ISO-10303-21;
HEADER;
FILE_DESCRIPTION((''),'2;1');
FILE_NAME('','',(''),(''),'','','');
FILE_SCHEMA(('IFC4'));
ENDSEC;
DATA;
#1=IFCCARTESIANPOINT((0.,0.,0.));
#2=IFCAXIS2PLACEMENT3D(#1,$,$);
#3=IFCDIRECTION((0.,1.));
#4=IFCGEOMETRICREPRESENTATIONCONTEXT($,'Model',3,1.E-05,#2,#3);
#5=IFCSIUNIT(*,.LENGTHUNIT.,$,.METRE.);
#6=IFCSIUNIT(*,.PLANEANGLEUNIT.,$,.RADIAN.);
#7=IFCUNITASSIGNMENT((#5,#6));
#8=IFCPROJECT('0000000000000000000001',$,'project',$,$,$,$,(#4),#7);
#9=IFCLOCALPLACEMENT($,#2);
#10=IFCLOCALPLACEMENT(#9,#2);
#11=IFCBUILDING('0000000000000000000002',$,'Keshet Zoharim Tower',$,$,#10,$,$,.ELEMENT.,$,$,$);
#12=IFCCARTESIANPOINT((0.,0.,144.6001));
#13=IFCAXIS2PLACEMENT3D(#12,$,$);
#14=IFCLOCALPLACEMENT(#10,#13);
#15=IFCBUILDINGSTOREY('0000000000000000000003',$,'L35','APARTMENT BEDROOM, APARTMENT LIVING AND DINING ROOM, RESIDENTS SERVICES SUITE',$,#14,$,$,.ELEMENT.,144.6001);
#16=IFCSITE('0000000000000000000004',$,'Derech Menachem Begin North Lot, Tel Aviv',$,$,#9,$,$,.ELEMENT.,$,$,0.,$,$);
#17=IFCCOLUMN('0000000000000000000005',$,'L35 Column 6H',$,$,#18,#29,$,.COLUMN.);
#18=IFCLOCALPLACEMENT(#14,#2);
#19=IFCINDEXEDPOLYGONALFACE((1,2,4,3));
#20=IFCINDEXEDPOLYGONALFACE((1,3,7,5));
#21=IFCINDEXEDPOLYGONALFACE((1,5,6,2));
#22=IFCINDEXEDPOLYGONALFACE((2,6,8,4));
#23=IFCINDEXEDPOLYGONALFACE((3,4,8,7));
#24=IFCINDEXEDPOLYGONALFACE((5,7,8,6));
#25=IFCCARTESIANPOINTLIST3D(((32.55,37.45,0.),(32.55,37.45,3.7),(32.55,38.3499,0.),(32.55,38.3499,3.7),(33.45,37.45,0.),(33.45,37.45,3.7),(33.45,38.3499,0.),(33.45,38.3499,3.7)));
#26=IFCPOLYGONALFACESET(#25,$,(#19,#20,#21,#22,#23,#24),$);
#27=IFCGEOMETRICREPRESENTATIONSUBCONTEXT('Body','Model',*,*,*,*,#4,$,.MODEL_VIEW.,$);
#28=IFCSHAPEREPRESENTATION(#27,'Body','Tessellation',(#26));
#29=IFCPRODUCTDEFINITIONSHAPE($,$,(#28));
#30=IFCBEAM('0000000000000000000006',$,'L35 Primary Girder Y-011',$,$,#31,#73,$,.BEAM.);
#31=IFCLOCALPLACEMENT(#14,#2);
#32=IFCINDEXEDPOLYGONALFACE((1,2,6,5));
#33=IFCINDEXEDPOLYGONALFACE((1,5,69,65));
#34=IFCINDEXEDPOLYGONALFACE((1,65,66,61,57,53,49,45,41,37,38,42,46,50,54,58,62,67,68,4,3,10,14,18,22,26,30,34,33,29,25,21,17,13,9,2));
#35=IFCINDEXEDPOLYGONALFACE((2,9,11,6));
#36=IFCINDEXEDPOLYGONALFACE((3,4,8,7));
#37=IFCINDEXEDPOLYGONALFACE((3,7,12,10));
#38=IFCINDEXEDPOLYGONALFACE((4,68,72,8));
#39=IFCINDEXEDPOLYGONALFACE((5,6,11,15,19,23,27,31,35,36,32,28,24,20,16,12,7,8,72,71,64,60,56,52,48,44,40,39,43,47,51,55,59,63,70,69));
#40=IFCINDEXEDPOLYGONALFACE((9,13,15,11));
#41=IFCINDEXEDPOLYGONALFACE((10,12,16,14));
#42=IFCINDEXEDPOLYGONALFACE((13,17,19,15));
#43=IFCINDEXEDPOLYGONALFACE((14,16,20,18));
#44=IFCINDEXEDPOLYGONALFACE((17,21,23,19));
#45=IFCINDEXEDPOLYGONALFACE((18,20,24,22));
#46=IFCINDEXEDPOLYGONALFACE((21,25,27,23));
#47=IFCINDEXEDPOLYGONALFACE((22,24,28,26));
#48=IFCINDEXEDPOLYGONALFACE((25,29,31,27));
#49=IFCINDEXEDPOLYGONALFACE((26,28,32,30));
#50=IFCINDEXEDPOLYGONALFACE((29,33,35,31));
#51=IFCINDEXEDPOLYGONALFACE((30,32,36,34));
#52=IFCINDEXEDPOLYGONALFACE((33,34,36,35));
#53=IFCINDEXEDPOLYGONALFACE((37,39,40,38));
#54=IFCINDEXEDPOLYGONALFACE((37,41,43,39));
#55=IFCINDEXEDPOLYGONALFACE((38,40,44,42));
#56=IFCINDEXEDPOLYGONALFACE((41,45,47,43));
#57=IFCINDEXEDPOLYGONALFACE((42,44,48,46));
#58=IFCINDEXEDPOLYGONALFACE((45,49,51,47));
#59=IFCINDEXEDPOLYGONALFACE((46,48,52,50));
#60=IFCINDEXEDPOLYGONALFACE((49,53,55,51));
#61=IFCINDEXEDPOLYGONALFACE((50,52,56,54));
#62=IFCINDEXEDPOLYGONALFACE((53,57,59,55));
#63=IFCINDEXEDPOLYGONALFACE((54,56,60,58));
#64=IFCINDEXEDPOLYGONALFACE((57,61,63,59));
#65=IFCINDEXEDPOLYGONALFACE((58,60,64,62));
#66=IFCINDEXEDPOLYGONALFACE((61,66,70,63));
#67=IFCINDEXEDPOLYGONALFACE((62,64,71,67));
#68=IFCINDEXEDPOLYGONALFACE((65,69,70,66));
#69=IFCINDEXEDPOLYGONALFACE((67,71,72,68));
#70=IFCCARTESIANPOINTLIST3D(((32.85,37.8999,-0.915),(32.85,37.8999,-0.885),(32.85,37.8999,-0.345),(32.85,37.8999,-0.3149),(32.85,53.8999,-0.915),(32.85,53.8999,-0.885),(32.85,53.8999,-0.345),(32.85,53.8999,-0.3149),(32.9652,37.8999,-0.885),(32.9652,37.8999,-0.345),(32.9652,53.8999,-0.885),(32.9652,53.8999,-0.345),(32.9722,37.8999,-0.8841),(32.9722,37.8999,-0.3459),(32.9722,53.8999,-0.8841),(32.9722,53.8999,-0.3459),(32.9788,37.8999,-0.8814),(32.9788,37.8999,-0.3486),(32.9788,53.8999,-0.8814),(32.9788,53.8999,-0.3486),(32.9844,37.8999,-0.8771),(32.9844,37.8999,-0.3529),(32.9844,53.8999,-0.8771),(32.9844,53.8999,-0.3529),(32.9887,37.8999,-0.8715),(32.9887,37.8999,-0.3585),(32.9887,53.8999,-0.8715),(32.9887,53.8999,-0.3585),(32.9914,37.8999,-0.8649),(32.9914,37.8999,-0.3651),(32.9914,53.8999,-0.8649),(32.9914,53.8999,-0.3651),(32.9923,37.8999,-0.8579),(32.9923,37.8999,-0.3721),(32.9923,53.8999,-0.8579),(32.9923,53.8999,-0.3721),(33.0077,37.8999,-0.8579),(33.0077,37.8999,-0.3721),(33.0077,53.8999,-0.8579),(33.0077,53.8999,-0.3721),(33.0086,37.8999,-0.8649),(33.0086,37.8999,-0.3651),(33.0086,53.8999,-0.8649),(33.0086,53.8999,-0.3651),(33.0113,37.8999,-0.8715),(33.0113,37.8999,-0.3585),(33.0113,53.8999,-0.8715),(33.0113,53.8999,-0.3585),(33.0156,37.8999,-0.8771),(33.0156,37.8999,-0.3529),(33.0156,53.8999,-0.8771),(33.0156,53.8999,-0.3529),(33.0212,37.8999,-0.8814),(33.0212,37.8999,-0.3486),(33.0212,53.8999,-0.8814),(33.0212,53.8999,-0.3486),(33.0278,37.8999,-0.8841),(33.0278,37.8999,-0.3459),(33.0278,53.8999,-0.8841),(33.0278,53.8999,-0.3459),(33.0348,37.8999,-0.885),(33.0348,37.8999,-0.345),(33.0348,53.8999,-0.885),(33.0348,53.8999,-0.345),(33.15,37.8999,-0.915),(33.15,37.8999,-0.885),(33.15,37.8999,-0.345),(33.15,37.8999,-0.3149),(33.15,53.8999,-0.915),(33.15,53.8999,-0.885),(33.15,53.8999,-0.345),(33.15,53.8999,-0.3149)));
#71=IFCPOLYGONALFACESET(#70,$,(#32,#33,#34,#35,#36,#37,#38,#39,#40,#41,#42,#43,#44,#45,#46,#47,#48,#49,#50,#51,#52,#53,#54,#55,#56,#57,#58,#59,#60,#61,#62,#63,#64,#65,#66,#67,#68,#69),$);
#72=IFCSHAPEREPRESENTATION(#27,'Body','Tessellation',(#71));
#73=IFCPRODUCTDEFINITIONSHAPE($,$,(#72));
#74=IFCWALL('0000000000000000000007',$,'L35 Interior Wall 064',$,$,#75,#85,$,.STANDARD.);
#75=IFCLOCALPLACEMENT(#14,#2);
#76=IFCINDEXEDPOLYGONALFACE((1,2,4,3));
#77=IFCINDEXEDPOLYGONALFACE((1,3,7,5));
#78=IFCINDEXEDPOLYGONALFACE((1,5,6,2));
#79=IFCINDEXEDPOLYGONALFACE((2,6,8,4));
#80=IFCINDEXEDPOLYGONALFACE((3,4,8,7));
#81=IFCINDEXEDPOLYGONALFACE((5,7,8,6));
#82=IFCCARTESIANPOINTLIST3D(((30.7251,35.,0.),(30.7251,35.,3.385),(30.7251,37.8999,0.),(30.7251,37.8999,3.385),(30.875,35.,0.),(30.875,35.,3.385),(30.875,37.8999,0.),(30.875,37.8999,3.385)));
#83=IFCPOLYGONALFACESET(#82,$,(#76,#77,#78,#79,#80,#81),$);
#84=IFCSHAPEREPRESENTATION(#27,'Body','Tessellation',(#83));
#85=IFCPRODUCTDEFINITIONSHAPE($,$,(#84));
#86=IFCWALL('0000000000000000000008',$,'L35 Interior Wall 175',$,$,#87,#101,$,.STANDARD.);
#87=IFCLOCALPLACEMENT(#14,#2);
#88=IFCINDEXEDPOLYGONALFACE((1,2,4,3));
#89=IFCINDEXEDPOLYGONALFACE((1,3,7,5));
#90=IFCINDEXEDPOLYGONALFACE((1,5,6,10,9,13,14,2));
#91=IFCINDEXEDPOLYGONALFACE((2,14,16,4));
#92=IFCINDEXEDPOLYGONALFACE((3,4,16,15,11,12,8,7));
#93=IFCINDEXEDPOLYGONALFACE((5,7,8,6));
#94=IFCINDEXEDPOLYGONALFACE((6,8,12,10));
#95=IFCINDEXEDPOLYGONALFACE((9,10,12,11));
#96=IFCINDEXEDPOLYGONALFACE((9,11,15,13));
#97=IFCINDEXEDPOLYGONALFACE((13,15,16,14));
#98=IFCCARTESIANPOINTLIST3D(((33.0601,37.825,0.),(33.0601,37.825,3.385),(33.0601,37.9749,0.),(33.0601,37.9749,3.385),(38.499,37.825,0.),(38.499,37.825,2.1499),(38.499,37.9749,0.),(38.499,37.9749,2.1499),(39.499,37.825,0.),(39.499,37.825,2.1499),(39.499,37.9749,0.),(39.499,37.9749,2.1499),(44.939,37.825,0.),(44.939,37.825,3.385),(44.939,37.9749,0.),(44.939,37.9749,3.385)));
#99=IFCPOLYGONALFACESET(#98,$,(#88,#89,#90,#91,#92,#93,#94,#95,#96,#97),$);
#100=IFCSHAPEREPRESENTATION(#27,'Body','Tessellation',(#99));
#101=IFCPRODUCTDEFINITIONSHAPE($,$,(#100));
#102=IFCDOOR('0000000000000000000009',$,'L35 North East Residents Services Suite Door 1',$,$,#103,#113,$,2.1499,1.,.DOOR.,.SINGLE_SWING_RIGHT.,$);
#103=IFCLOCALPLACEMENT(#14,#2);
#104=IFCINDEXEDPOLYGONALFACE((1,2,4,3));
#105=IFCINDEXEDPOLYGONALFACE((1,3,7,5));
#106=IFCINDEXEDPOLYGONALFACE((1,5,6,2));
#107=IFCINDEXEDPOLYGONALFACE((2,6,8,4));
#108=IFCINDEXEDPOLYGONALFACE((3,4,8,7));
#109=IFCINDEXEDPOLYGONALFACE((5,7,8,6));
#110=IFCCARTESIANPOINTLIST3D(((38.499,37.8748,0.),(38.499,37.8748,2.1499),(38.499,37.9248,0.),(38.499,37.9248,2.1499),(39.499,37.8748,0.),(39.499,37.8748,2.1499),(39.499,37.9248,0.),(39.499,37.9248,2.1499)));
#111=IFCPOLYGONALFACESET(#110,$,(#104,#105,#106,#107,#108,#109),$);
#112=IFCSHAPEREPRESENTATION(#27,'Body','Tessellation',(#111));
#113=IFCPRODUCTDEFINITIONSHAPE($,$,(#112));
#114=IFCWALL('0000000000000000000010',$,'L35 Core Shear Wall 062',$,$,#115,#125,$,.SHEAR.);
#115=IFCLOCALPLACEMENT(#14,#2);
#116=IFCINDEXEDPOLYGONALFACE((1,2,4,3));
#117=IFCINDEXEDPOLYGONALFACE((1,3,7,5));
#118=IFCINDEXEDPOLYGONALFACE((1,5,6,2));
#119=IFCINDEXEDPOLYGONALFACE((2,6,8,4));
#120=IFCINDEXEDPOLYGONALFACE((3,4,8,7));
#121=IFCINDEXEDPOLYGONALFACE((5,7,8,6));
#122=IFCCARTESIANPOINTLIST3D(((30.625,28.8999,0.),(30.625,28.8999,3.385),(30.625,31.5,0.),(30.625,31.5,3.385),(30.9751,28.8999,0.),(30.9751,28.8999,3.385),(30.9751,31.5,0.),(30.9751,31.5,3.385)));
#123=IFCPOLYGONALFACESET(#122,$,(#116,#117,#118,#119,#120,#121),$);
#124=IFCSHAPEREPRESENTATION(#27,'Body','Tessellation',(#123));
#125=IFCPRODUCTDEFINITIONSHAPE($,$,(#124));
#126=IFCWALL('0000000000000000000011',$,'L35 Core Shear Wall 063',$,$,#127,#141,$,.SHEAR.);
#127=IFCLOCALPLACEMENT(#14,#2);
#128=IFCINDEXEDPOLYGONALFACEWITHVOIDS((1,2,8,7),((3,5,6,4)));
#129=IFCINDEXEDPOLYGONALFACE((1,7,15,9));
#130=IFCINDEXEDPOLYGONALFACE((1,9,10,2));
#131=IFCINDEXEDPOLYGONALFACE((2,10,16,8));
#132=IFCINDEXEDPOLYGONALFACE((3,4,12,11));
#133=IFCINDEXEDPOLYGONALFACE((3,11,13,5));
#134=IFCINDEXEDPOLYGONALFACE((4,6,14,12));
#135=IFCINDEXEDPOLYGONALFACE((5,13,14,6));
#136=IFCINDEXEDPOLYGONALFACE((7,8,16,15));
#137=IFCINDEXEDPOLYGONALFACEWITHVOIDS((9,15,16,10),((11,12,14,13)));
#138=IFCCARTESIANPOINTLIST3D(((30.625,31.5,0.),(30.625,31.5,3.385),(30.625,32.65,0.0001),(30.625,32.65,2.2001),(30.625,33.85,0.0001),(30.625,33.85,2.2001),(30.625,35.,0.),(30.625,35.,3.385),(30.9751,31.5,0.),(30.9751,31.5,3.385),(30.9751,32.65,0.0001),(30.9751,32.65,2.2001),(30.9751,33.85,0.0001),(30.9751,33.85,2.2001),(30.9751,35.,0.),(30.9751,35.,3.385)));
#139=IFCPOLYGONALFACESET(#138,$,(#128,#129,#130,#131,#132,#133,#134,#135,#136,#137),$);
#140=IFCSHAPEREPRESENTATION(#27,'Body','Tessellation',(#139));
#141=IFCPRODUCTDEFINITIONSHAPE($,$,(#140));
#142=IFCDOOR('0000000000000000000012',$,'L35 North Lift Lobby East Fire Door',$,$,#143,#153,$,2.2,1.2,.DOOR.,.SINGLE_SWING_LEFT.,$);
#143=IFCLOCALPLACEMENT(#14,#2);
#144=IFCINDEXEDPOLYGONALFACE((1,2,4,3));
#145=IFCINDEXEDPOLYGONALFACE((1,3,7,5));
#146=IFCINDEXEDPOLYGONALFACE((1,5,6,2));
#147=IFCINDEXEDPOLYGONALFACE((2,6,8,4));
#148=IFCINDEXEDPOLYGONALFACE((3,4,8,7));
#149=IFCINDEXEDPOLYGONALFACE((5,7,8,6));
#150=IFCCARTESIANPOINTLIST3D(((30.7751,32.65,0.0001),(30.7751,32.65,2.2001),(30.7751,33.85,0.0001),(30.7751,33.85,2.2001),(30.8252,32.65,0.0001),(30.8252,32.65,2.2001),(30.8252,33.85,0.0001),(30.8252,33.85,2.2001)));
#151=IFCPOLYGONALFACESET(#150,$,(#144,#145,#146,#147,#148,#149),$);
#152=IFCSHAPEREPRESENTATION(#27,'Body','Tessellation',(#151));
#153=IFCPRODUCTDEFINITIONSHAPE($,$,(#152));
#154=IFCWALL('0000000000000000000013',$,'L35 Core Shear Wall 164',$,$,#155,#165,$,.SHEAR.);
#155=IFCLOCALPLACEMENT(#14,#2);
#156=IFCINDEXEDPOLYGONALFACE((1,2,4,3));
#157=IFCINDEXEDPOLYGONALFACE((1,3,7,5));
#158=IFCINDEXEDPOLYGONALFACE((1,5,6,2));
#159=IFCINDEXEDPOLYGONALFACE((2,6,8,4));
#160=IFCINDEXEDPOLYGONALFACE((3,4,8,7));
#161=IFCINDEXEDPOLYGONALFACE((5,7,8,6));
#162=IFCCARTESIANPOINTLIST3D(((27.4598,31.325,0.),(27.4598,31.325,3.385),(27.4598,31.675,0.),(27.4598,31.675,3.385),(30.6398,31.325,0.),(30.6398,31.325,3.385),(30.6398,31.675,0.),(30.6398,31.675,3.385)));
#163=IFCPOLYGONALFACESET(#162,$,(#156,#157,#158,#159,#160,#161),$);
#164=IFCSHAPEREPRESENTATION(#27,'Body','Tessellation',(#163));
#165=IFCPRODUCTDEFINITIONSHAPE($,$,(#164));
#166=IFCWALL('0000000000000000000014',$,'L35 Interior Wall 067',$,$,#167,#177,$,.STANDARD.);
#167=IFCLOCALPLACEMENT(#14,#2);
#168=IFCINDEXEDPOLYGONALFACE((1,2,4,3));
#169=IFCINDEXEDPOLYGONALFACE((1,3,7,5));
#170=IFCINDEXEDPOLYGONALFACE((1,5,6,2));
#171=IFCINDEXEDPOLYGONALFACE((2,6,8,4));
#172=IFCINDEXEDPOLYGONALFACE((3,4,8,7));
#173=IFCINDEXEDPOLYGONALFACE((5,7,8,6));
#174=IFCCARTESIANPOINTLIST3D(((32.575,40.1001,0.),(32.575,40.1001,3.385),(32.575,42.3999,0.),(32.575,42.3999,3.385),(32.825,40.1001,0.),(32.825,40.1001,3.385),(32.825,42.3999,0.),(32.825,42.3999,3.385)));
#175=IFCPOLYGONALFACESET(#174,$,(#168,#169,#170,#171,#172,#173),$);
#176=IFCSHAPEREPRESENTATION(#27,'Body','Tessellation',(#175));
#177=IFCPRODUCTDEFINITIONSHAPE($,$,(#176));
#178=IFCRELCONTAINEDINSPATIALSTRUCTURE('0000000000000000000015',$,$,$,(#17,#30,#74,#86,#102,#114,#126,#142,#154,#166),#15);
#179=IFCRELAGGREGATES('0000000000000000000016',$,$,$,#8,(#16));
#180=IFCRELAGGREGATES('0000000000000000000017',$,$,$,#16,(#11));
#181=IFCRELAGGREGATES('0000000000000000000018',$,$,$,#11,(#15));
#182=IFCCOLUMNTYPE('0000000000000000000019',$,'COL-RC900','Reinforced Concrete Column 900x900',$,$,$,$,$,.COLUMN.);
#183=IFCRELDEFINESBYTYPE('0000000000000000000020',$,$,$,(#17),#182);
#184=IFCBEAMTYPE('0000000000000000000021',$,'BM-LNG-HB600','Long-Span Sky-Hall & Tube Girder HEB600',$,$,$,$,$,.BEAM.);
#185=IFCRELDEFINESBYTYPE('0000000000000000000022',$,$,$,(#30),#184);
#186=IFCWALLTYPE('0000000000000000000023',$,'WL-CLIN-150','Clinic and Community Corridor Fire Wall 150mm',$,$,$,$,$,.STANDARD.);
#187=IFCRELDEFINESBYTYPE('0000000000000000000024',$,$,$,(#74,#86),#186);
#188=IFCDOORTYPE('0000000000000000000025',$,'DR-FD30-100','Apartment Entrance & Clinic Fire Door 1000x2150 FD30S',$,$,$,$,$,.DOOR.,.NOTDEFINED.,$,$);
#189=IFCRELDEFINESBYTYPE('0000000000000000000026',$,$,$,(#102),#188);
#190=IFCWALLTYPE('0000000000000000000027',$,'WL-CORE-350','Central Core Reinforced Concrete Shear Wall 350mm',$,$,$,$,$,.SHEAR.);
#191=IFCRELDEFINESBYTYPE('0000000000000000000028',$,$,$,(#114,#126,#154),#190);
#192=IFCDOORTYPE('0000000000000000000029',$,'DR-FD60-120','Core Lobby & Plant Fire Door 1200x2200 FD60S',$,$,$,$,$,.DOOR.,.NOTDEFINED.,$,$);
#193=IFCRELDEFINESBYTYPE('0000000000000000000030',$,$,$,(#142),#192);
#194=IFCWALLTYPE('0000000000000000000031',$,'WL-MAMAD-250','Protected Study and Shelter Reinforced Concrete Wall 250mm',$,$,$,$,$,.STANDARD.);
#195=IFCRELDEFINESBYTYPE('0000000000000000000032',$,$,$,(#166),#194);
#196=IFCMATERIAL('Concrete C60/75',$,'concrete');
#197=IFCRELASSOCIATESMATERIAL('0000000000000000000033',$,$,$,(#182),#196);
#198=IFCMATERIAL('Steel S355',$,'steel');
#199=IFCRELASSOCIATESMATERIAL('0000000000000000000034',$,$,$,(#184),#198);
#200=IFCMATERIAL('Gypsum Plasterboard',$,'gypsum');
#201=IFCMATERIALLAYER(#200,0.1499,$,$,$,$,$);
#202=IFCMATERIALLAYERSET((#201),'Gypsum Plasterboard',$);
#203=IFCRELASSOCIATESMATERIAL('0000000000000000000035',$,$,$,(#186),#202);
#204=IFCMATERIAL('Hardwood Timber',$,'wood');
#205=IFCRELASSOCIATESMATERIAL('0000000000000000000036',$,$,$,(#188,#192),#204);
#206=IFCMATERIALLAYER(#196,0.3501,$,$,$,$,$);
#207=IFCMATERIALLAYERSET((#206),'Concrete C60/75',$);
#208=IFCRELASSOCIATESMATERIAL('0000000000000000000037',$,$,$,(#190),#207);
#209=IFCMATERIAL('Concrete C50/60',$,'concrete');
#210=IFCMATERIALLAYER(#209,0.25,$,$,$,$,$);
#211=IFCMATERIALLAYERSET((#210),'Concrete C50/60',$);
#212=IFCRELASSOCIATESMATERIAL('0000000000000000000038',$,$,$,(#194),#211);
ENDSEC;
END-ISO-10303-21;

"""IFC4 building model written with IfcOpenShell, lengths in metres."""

from ifc_helpers import new_model, si_unit, direction, frame, frame_2d, origin, origin_2d, place, context, subcontext, project, spatial, rectangle, i_section, extrude, material, layer, layer_set, material_profile, profile_set, type_object, element, fill, save


model = new_model("IFC4")

# Units and contexts
model_context = context("Model", 3, precision=1e-05, world=origin(), true_north=direction((0.0, 1.0)))
body_context = subcontext(model_context, "Body", "Model", "MODEL_VIEW")
ifc_project = project(units=[si_unit("LENGTHUNIT", "METRE"), si_unit("PLANEANGLEUNIT", "RADIAN")], contexts=[model_context])

# Site, building, storey
site_placement = place(None, origin())
site = spatial("IfcSite", under=ifc_project, at=site_placement, Name="Derech Menachem Begin North Lot, Tel Aviv", CompositionType="ELEMENT", RefElevation=0.0)
building_placement = place(site_placement, origin())
building = spatial("IfcBuilding", under=site, at=building_placement, Name="Keshet Zoharim Tower", CompositionType="ELEMENT")
storey_placement = place(building_placement, frame((0.0, 0.0, 144.6001)))
storey = spatial("IfcBuildingStorey", under=building, at=storey_placement, Name="L35", Description="APARTMENT BEDROOM, APARTMENT LIVING AND DINING ROOM, RESIDENTS SERVICES SUITE", CompositionType="ELEMENT", Elevation=144.6001)

# Column
ifc_material_1 = material(Name="Concrete C60/75", Category="concrete")
ifc_material_profile_1 = material_profile(ifc_material_1, rectangle(XDim=0.8999, YDim=0.8999, at=origin_2d()), Name="RC900x900")
ifc_profile_set_1 = profile_set([ifc_material_profile_1], Name="Concrete C60/75")
column_type = type_object("IfcColumnType", Name="COL-RC900", Description="Reinforced Concrete Column 900x900", PredefinedType="COLUMN", material=ifc_profile_set_1)
column_placement = place(storey_placement, frame((33.0, 37.8999, 0.0), z_axis=(0.0, 0.0, 1.0), x_axis=(1.0, 0.0, 0.0)))
element("IfcColumn", 1, at=column_placement, inside=storey, type_object=column_type, Name="L35 Column 6H", PredefinedType="COLUMN", context=body_context, shape_type="SweptSolid", body=[
    extrude(rectangle(XDim=0.8999, YDim=0.8999, at=origin_2d()), origin(), (0.0, 0.0, 1.0), 3.7),
])

# Beam
ifc_material_2 = material(Name="Steel S355", Category="steel")
ifc_material_profile_2 = material_profile(ifc_material_2, i_section(OverallWidth=0.3, OverallDepth=0.6001, WebThickness=0.0154, FlangeThickness=0.03, FilletRadius=0.0271, at=origin_2d()), Name="HEB600")
ifc_profile_set_2 = profile_set([ifc_material_profile_2], Name="Steel S355")
beam_type = type_object("IfcBeamType", Name="BM-LNG-HB600", Description="Long-Span Sky-Hall & Tube Girder HEB600", PredefinedType="BEAM", material=ifc_profile_set_2)
beam_placement = place(storey_placement, frame((33.0, 37.8999, -0.615), z_axis=(0.0, 1.0, 0.0), x_axis=(-1.0, 0.0, 0.0)))
element("IfcBeam", 2, at=beam_placement, inside=storey, type_object=beam_type, Name="L35 Primary Girder Y-011", PredefinedType="BEAM", context=body_context, shape_type="SweptSolid", body=[
    extrude(i_section(OverallWidth=0.3, OverallDepth=0.6001, WebThickness=0.0154, FlangeThickness=0.03, FilletRadius=0.0271, at=origin_2d()), origin(), (0.0, 0.0, 1.0), 16.0),
])

# Wall
ifc_material_3 = material(Name="Gypsum Plasterboard", Category="gypsum")
ifc_layer_1 = layer(ifc_material_3, 0.1499)
ifc_layer_set_1 = layer_set([ifc_layer_1], Name="Gypsum Plasterboard")
wall_type_1 = type_object("IfcWallType", Name="WL-CLIN-150", Description="Clinic and Community Corridor Fire Wall 150mm", PredefinedType="STANDARD", material=ifc_layer_set_1)
wall_1_placement = place(storey_placement, frame((30.8, 35.0, 0.0), z_axis=(0.0, 0.0, 1.0), x_axis=(0.0, 1.0, 0.0)))
element("IfcWall", 3, at=wall_1_placement, inside=storey, type_object=wall_type_1, Name="L35 Interior Wall 064", PredefinedType="STANDARD", context=body_context, shape_type="SweptSolid", body=[
    extrude(rectangle(XDim=2.8999, YDim=0.1499, at=frame_2d((1.45, 0.0))), origin(), (0.0, 0.0, 1.0), 3.385),
])

# Wall, opening, door
ifc_material_4 = material(Name="Hardwood Timber", Category="wood")
door_type_1 = type_object("IfcDoorType", Name="DR-FD30-100", Description="Apartment Entrance & Clinic Fire Door 1000x2150 FD30S", OperationType="NOTDEFINED", PredefinedType="DOOR", material=ifc_material_4)
wall_2_placement = place(storey_placement, frame((33.0601, 37.8999, 0.0), z_axis=(0.0, 0.0, 1.0), x_axis=(1.0, 0.0, 0.0)))
wall_2 = element("IfcWall", 4, at=wall_2_placement, inside=storey, type_object=wall_type_1, Name="L35 Interior Wall 175", PredefinedType="STANDARD", context=body_context, shape_type="SweptSolid", body=[
    extrude(rectangle(XDim=11.8789, YDim=0.1499, at=frame_2d((5.9395, 0.0))), origin(), (0.0, 0.0, 1.0), 3.385),
])
opening_1_placement = place(wall_2_placement, frame((5.439, 0.0, 0.0)))
opening_1 = element("IfcOpeningElement", 5, at=opening_1_placement, cuts=wall_2, PredefinedType="OPENING", context=body_context, shape_type="SweptSolid", body=[
    extrude(rectangle(XDim=1.0, YDim=2.1499, at=frame_2d((0.5, 1.075))), frame((0.0, 0.085, 0.0), z_axis=(0.0, -1.0, 0.0), x_axis=(1.0, 0.0, 0.0)), (0.0, 0.0, 1.0), 0.1699),
])
door_1_placement = place(opening_1_placement, origin())
door_1 = element("IfcDoor", 6, at=door_1_placement, inside=storey, type_object=door_type_1, Name="L35 North East Residents Services Suite Door 1", OperationType="SINGLE_SWING_RIGHT", OverallHeight=2.1499, OverallWidth=1.0, PredefinedType="DOOR", context=body_context, shape_type="SweptSolid", body=[
    extrude(rectangle(XDim=1.0, YDim=2.1499, at=frame_2d((0.5, 1.075))), frame((0.0, 0.0249, 0.0), z_axis=(0.0, -1.0, 0.0), x_axis=(1.0, 0.0, 0.0)), (0.0, 0.0, 1.0), 0.05),
])
fill(opening_1, door_1)

# Wall
ifc_layer_2 = layer(ifc_material_1, 0.3501)
ifc_layer_set_2 = layer_set([ifc_layer_2], Name="Concrete C60/75")
wall_type_2 = type_object("IfcWallType", Name="WL-CORE-350", Description="Central Core Reinforced Concrete Shear Wall 350mm", PredefinedType="SHEAR", material=ifc_layer_set_2)
wall_3_placement = place(storey_placement, frame((30.8, 28.8999, 0.0), z_axis=(0.0, 0.0, 1.0), x_axis=(0.0, 1.0, 0.0)))
element("IfcWall", 7, at=wall_3_placement, inside=storey, type_object=wall_type_2, Name="L35 Core Shear Wall 062", PredefinedType="SHEAR", context=body_context, shape_type="SweptSolid", body=[
    extrude(rectangle(XDim=2.6001, YDim=0.3501, at=frame_2d((1.3, 0.0))), origin(), (0.0, 0.0, 1.0), 3.385),
])

# Wall, opening, door
wall_4_placement = place(storey_placement, frame((30.8, 31.5, 0.0), z_axis=(0.0, 0.0, 1.0), x_axis=(0.0, 1.0, 0.0)))
wall_4 = element("IfcWall", 8, at=wall_4_placement, inside=storey, type_object=wall_type_2, Name="L35 Core Shear Wall 063", PredefinedType="SHEAR", context=body_context, shape_type="SweptSolid", body=[
    extrude(rectangle(XDim=3.5, YDim=0.3501, at=frame_2d((1.75, 0.0))), origin(), (0.0, 0.0, 1.0), 3.385),
])
opening_2_placement = place(wall_4_placement, frame((1.1499, 0.0, 0.0)))
opening_2 = element("IfcOpeningElement", 9, at=opening_2_placement, cuts=wall_4, PredefinedType="OPENING", context=body_context, shape_type="SweptSolid", body=[
    extrude(rectangle(XDim=1.2, YDim=2.2, at=frame_2d((0.6001, 1.1001))), frame((0.0, 0.1851, 0.0), z_axis=(0.0, -1.0, 0.0), x_axis=(1.0, 0.0, 0.0)), (0.0, 0.0, 1.0), 0.3701),
])
door_type_2 = type_object("IfcDoorType", Name="DR-FD60-120", Description="Core Lobby & Plant Fire Door 1200x2200 FD60S", OperationType="NOTDEFINED", PredefinedType="DOOR", material=ifc_material_4)
door_2_placement = place(opening_2_placement, origin())
door_2 = element("IfcDoor", 10, at=door_2_placement, inside=storey, type_object=door_type_2, Name="L35 North Lift Lobby East Fire Door", OperationType="SINGLE_SWING_LEFT", OverallHeight=2.2, OverallWidth=1.2, PredefinedType="DOOR", context=body_context, shape_type="SweptSolid", body=[
    extrude(rectangle(XDim=1.2, YDim=2.2, at=frame_2d((0.6001, 1.1001))), frame((0.0, 0.0249, 0.0), z_axis=(0.0, -1.0, 0.0), x_axis=(1.0, 0.0, 0.0)), (0.0, 0.0, 1.0), 0.05),
])
fill(opening_2, door_2)

# Walls
wall_5_placement = place(storey_placement, frame((27.46, 31.5, 0.0), z_axis=(0.0, 0.0, 1.0), x_axis=(1.0, 0.0, 0.0)))
element("IfcWall", 11, at=wall_5_placement, inside=storey, type_object=wall_type_2, Name="L35 Core Shear Wall 164", PredefinedType="SHEAR", context=body_context, shape_type="SweptSolid", body=[
    extrude(rectangle(XDim=3.1799, YDim=0.3501, at=frame_2d((1.5898, 0.0))), origin(), (0.0, 0.0, 1.0), 3.385),
])
ifc_material_5 = material(Name="Concrete C50/60", Category="concrete")
ifc_layer_3 = layer(ifc_material_5, 0.25)
ifc_layer_set_3 = layer_set([ifc_layer_3], Name="Concrete C50/60")
wall_type_3 = type_object("IfcWallType", Name="WL-MAMAD-250", Description="Protected Study and Shelter Reinforced Concrete Wall 250mm", PredefinedType="STANDARD", material=ifc_layer_set_3)
for number, where, z_axis, x_axis, name in (
    (12, (32.7, 40.1001, 0.0), (0.0, 0.0, 1.0), (0.0, 1.0, 0.0), "L35 Interior Wall 067"),
):
    element("IfcWall", number, at=place(storey_placement, frame(where, z_axis=z_axis, x_axis=x_axis)), inside=storey, type_object=wall_type_3, Name=name, PredefinedType="STANDARD", context=body_context, shape_type="SweptSolid", body=[
        extrude(rectangle(XDim=2.2998, YDim=0.25, at=frame_2d((1.1499, 0.0))), origin(), (0.0, 0.0, 1.0), 3.385),
    ])

save(model, "model.ifc")
